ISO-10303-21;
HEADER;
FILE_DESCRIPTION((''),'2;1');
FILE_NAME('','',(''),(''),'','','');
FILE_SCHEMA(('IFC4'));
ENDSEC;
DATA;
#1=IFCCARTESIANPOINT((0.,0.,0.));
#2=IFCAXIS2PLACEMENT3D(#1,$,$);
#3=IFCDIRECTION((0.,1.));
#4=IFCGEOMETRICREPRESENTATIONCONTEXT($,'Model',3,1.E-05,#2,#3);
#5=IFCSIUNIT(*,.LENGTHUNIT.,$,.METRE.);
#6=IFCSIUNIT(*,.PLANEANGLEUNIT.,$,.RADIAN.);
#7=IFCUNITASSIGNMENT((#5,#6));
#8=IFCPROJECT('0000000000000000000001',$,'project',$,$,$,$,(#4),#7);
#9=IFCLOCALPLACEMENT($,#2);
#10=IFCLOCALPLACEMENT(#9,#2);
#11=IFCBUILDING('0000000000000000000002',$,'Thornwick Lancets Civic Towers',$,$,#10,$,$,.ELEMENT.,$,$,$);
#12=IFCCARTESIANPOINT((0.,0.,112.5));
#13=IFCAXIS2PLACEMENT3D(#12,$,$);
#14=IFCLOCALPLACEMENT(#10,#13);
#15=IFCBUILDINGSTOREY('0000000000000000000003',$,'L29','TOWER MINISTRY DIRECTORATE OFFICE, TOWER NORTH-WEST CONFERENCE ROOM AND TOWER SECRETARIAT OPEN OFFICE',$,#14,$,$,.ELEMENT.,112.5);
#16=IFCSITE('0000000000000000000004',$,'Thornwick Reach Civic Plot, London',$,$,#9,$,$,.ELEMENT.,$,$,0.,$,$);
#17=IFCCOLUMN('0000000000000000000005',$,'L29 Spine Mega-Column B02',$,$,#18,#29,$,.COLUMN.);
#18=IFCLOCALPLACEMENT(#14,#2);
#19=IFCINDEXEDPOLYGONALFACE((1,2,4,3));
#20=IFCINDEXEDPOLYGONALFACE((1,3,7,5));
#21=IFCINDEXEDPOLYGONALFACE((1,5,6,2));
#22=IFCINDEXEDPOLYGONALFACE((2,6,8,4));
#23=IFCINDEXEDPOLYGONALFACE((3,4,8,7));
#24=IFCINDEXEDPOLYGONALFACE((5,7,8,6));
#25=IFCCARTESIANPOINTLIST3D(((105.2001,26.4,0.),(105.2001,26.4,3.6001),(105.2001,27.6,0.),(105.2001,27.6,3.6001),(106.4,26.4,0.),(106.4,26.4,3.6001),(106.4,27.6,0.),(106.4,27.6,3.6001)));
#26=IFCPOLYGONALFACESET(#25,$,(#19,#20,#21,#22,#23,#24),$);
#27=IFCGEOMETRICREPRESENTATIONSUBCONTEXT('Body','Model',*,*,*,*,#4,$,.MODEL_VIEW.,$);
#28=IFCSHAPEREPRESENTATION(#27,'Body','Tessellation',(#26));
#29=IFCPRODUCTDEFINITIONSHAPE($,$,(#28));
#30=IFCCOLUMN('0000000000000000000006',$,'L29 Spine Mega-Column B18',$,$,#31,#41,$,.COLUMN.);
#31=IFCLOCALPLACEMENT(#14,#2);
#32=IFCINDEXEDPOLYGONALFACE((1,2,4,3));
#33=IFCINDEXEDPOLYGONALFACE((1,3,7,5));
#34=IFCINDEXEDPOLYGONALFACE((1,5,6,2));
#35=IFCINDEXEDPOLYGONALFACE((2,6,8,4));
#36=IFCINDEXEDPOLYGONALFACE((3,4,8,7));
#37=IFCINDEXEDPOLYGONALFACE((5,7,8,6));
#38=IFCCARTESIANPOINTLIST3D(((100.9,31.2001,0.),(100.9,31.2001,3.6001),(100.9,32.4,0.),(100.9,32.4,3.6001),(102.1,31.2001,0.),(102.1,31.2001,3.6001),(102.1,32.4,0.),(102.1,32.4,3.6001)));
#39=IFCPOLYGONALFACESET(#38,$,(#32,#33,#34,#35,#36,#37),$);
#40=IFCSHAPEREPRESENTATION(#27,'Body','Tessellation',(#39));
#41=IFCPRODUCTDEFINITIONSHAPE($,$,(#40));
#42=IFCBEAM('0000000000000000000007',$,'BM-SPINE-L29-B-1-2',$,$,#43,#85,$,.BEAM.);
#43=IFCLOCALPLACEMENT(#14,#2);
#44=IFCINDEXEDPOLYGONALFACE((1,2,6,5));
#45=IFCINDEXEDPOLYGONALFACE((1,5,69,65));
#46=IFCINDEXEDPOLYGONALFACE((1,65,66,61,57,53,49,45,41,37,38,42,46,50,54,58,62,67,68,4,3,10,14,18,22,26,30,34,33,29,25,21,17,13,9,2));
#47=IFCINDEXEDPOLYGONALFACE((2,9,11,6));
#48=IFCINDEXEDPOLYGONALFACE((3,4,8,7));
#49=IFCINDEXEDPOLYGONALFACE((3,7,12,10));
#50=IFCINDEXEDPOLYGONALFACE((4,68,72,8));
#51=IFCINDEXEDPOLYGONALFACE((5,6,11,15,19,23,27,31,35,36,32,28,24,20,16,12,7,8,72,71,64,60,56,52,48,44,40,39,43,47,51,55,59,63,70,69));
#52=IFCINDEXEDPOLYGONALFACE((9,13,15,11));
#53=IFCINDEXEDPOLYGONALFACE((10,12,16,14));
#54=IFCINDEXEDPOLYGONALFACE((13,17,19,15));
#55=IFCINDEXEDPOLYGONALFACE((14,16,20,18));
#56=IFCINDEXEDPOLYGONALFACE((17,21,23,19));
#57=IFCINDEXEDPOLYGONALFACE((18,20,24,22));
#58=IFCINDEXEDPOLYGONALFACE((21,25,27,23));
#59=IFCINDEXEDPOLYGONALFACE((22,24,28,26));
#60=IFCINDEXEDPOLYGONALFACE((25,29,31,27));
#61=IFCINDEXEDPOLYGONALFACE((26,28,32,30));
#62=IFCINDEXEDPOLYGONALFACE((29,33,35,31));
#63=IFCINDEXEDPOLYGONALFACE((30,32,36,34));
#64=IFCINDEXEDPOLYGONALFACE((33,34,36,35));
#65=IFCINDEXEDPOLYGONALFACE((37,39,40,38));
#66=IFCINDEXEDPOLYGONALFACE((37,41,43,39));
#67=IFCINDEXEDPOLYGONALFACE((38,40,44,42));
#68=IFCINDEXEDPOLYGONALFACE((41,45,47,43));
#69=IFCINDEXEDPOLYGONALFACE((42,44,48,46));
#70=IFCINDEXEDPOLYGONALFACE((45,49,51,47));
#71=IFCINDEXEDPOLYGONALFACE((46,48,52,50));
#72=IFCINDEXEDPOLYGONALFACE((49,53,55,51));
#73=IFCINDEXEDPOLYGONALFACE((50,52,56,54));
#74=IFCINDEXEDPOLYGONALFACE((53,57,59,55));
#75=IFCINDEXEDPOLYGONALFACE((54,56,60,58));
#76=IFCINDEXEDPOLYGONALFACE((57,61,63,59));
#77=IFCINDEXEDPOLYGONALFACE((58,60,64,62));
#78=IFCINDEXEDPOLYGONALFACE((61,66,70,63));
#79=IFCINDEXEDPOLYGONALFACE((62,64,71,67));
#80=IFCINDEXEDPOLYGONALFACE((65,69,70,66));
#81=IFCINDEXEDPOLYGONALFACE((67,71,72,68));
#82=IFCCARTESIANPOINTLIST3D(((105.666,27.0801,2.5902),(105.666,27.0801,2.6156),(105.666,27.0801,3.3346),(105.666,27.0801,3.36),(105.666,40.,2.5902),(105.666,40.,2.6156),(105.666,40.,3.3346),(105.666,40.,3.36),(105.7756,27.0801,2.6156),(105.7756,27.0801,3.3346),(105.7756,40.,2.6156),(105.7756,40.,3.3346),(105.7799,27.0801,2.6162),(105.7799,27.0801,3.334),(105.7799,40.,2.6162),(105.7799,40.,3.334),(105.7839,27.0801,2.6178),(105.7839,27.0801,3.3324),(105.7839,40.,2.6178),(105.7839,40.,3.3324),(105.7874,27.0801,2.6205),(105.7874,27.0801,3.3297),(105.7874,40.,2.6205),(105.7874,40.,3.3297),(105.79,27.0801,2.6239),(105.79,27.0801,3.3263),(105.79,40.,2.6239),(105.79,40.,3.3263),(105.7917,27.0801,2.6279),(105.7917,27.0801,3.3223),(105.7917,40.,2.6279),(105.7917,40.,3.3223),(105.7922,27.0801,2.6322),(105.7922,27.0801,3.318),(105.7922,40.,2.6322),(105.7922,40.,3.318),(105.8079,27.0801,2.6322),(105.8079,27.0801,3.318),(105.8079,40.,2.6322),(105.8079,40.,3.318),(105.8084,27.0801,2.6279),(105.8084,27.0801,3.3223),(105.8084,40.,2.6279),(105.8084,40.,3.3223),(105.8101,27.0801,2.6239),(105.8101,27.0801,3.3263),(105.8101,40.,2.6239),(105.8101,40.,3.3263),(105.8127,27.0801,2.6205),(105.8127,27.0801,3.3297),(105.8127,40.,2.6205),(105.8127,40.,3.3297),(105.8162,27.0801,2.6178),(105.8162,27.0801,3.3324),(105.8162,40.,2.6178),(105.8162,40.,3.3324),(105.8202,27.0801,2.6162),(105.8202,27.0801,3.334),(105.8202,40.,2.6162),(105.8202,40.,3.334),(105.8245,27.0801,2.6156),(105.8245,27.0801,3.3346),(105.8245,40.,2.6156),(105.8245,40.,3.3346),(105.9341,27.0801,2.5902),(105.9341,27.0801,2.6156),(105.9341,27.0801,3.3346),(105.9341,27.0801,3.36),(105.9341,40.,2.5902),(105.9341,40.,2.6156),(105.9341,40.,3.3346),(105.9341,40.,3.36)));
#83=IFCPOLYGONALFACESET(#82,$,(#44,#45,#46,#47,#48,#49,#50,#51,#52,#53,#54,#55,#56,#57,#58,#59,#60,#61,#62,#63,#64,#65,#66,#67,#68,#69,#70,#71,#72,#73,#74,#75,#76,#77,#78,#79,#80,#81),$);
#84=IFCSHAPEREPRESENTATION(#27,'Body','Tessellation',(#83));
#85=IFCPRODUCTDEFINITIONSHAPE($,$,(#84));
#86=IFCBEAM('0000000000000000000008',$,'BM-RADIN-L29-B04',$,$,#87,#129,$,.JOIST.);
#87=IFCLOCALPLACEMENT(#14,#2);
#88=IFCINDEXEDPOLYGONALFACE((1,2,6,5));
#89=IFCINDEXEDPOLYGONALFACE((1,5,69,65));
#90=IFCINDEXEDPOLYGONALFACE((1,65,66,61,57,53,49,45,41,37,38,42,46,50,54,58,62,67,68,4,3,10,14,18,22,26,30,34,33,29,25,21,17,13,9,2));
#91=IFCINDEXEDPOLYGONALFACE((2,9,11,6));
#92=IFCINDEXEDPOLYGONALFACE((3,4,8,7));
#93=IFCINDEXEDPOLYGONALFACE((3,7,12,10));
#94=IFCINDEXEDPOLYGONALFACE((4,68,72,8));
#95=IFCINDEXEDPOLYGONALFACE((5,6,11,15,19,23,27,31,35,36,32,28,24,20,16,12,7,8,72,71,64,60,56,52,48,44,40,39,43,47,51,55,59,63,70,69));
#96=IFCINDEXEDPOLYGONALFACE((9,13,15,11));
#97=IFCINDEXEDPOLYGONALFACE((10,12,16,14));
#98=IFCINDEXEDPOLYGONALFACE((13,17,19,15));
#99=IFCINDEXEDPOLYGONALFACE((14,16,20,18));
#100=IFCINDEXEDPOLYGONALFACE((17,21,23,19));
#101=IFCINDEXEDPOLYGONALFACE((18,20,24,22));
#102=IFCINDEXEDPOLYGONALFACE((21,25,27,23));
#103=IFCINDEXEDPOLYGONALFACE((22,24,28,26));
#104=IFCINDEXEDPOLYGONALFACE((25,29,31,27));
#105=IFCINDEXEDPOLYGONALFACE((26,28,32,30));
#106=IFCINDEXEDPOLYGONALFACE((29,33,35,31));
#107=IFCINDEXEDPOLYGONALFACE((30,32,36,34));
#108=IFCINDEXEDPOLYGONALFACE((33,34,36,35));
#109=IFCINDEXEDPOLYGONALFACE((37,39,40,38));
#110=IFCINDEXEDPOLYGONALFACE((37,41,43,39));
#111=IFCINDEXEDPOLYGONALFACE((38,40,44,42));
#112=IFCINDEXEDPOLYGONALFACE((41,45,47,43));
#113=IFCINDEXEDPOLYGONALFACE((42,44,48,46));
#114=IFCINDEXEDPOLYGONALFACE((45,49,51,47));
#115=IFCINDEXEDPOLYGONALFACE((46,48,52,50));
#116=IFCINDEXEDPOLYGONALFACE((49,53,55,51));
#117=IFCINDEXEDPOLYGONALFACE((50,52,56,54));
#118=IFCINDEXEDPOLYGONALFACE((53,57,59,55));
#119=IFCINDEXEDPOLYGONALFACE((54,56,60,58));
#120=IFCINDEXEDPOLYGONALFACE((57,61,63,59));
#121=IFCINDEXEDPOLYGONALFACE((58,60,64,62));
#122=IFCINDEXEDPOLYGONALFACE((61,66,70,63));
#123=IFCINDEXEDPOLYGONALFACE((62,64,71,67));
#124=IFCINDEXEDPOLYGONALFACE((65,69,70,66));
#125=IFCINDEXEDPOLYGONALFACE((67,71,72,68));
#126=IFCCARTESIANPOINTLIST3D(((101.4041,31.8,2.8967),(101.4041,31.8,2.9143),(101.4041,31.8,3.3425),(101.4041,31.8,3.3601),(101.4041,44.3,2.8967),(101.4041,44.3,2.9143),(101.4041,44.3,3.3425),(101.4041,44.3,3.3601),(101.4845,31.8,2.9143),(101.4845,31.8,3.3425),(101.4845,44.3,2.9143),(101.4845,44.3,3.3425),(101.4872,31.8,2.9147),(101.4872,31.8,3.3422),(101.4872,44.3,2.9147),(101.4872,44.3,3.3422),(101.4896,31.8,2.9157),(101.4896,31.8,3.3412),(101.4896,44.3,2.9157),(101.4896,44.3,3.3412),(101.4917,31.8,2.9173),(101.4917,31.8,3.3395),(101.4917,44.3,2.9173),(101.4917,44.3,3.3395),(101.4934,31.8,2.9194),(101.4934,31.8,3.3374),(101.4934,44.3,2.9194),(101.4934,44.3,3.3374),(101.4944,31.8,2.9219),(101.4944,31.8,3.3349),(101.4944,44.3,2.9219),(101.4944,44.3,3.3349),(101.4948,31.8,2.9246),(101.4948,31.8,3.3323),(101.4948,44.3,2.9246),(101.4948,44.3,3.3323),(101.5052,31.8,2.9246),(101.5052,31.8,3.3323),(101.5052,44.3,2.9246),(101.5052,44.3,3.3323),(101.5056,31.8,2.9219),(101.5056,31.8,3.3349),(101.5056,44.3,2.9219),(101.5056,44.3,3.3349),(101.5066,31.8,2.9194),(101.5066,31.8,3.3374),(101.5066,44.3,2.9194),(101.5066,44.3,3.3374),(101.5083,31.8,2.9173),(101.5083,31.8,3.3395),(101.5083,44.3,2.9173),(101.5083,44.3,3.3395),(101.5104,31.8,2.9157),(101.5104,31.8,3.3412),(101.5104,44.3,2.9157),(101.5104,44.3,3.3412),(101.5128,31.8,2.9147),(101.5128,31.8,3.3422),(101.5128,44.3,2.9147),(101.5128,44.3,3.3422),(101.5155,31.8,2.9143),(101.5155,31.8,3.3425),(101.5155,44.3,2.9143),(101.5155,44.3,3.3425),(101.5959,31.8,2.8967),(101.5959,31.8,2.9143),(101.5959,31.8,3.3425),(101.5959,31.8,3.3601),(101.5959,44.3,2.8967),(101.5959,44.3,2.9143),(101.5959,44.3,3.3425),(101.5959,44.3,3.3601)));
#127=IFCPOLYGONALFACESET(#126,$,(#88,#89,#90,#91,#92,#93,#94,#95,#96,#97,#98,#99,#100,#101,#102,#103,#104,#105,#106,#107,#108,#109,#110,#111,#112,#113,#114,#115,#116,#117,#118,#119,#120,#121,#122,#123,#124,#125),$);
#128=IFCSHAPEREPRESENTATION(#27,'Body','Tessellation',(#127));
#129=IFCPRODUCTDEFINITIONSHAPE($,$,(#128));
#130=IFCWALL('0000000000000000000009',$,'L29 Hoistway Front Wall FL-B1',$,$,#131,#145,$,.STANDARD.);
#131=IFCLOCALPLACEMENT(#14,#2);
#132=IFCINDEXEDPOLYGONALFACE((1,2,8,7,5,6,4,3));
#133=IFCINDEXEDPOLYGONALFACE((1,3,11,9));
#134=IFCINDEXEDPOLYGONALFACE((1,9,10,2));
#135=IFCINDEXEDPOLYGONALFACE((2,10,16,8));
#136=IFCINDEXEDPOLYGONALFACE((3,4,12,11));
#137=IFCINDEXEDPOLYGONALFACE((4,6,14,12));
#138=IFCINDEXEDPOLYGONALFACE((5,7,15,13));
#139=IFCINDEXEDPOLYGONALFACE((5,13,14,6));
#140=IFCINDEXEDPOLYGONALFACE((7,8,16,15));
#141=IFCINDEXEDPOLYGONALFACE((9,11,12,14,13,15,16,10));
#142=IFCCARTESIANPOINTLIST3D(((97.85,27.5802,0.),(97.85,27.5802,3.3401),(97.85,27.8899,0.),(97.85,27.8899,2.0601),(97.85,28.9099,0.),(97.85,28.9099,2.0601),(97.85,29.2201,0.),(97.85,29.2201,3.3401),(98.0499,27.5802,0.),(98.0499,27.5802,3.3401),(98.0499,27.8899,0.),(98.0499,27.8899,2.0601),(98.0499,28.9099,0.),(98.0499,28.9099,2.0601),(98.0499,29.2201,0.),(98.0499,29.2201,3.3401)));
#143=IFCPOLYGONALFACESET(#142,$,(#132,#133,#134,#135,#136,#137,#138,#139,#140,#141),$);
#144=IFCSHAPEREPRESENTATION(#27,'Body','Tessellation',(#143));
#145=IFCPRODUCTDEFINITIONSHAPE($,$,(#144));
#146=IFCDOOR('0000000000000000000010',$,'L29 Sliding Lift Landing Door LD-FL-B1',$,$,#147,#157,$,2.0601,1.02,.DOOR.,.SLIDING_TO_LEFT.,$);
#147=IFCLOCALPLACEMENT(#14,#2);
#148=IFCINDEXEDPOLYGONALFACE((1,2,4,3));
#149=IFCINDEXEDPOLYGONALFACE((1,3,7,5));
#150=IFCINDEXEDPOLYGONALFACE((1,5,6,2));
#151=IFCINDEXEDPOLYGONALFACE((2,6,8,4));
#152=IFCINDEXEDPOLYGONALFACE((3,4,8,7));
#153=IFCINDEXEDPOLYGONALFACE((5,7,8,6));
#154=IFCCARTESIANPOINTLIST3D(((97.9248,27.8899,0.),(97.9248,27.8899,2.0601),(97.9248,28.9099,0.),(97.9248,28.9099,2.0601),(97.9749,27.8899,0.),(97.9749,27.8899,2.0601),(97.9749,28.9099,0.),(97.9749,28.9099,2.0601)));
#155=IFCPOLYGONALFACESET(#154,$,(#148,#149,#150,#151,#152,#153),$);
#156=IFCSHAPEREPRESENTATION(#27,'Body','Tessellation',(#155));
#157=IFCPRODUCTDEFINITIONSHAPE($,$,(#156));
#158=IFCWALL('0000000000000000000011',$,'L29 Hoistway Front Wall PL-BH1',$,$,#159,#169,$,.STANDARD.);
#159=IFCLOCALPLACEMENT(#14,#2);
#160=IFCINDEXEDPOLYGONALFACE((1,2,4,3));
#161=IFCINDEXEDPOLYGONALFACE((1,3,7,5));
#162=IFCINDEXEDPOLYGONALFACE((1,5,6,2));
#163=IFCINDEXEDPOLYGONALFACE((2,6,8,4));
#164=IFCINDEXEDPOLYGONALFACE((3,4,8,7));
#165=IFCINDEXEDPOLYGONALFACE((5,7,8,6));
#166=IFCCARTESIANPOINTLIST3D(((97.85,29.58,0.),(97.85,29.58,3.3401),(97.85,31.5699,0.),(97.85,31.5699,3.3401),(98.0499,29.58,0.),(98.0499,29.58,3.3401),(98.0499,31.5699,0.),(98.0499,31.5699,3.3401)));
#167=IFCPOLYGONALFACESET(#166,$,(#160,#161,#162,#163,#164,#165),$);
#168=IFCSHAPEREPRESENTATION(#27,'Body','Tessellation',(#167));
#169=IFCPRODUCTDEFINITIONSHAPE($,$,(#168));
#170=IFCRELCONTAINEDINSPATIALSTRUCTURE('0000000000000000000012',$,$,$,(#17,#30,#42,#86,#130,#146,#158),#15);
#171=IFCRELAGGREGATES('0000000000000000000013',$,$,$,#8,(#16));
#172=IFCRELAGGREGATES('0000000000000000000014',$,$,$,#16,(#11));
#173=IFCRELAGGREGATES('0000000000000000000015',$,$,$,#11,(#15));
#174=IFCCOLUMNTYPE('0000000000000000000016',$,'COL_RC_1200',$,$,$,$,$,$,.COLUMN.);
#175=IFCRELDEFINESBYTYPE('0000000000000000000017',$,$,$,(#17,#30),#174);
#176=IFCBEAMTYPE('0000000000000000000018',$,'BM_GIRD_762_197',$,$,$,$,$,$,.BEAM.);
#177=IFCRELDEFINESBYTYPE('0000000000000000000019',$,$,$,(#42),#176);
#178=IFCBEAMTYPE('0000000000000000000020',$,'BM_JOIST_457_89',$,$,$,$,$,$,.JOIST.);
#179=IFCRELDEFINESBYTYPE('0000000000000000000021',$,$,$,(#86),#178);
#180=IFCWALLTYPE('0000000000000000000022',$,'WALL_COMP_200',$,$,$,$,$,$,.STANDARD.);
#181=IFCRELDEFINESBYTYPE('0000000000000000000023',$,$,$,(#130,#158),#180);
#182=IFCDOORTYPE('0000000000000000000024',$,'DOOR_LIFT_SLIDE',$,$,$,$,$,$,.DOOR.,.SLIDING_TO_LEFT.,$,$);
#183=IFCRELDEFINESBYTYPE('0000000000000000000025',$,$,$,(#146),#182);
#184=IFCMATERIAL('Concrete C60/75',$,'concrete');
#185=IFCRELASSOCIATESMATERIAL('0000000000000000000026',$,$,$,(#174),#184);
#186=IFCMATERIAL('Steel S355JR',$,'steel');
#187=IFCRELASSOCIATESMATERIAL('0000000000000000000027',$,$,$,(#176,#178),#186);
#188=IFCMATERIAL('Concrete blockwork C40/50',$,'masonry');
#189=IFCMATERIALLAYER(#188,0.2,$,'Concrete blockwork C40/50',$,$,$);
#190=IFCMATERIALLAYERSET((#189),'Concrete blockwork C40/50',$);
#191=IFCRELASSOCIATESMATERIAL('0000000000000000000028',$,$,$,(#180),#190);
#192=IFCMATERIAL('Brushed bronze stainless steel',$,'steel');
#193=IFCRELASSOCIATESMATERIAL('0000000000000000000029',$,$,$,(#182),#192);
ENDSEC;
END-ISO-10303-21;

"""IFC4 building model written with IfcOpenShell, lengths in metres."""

from ifc_helpers import new_model, si_unit, direction, frame, frame_2d, origin, origin_2d, place, context, subcontext, project, spatial, rectangle, i_section, extrude, material, layer, layer_set, material_profile, profile_set, type_object, element, fill, save


model = new_model("IFC4")

# Units and contexts
model_context = context("Model", 3, precision=1e-05, world=origin(), true_north=direction((0.0, 1.0)))
body_context = subcontext(model_context, "Body", "Model", "MODEL_VIEW")
ifc_project = project(units=[si_unit("LENGTHUNIT", "METRE"), si_unit("PLANEANGLEUNIT", "RADIAN")], contexts=[model_context])

# Site, building, storey
site_placement = place(None, origin())
site = spatial("IfcSite", under=ifc_project, at=site_placement, Name="Thornwick Reach Civic Plot, London", CompositionType="ELEMENT", RefElevation=0.0)
building_placement = place(site_placement, origin())
building = spatial("IfcBuilding", under=site, at=building_placement, Name="Thornwick Lancets Civic Towers", CompositionType="ELEMENT")
storey_placement = place(building_placement, frame((0.0, 0.0, 112.5)))
storey = spatial("IfcBuildingStorey", under=building, at=storey_placement, Name="L29", Description="TOWER MINISTRY DIRECTORATE OFFICE, TOWER NORTH-WEST CONFERENCE ROOM AND TOWER SECRETARIAT OPEN OFFICE", CompositionType="ELEMENT", Elevation=112.5)

# Columns
ifc_material_1 = material(Name="Concrete C60/75", Category="concrete")
ifc_material_profile_1 = material_profile(ifc_material_1, rectangle(XDim=1.2, YDim=1.2, at=origin_2d()), Name="RC 1200x1200")
ifc_profile_set_1 = profile_set([ifc_material_profile_1], Name="Concrete C60/75")
column_type = type_object("IfcColumnType", Name="COL_RC_1200", PredefinedType="COLUMN", material=ifc_profile_set_1)
for number, where, z_axis, x_axis, name in (
    (1, (105.8, 27.0, 0.0), (0.0, 0.0, 1.0), (1.0, 0.0, 0.0), "L29 Spine Mega-Column B02"),
    (2, (101.5, 31.8, 0.0), (0.0, 0.0, 1.0), (1.0, 0.0, 0.0), "L29 Spine Mega-Column B18"),
):
    element("IfcColumn", number, at=place(storey_placement, frame(where, z_axis=z_axis, x_axis=x_axis)), inside=storey, type_object=column_type, Name=name, PredefinedType="COLUMN", context=body_context, shape_type="SweptSolid", body=[
        extrude(rectangle(XDim=1.2, YDim=1.2, at=origin_2d()), origin(), (0.0, 0.0, 1.0), 3.6001),
    ])

# Beams
ifc_material_2 = material(Name="Steel S355JR", Category="steel")
ifc_material_profile_2 = material_profile(ifc_material_2, i_section(OverallWidth=0.2681, OverallDepth=0.7698, WebThickness=0.0156, FlangeThickness=0.0254, FilletRadius=0.0166, at=origin_2d()), Name="UKB 762x267x197")
ifc_profile_set_2 = profile_set([ifc_material_profile_2], Name="Steel S355JR")
beam_type_1 = type_object("IfcBeamType", Name="BM_GIRD_762_197", PredefinedType="BEAM", material=ifc_profile_set_2)
beam_1_placement = place(storey_placement, frame((105.8, 27.0801, 2.9751), z_axis=(0.0, 1.0, 0.0), x_axis=(-1.0, 0.0, 0.0)))
element("IfcBeam", 3, at=beam_1_placement, inside=storey, type_object=beam_type_1, Name="BM-SPINE-L29-B-1-2", PredefinedType="BEAM", context=body_context, shape_type="SweptSolid", body=[
    extrude(i_section(OverallWidth=0.2681, OverallDepth=0.7698, WebThickness=0.0156, FlangeThickness=0.0254, FilletRadius=0.0166, at=origin_2d()), origin(), (0.0, 0.0, 1.0), 12.9199),
])
ifc_material_profile_3 = material_profile(ifc_material_2, i_section(OverallWidth=0.1919, OverallDepth=0.4634, WebThickness=0.0105, FlangeThickness=0.0176, FilletRadius=0.0103, at=origin_2d()), Name="UKB 457x191x89")
ifc_profile_set_3 = profile_set([ifc_material_profile_3], Name="Steel S355JR")
beam_type_2 = type_object("IfcBeamType", Name="BM_JOIST_457_89", PredefinedType="JOIST", material=ifc_profile_set_3)
beam_2_placement = place(storey_placement, frame((101.5, 31.8, 3.1284), z_axis=(0.0, 1.0, 0.0), x_axis=(-1.0, 0.0, 0.0)))
element("IfcBeam", 4, at=beam_2_placement, inside=storey, type_object=beam_type_2, Name="BM-RADIN-L29-B04", PredefinedType="JOIST", context=body_context, shape_type="SweptSolid", body=[
    extrude(i_section(OverallWidth=0.1919, OverallDepth=0.4634, WebThickness=0.0105, FlangeThickness=0.0176, FilletRadius=0.0103, at=origin_2d()), origin(), (0.0, 0.0, 1.0), 12.5),
])

# Wall, opening, door
ifc_material_3 = material(Name="Concrete blockwork C40/50", Category="masonry")
ifc_layer = layer(ifc_material_3, 0.2, Name="Concrete blockwork C40/50")
ifc_layer_set = layer_set([ifc_layer], Name="Concrete blockwork C40/50")
wall_type = type_object("IfcWallType", Name="WALL_COMP_200", PredefinedType="STANDARD", material=ifc_layer_set)
wall_1_placement = place(storey_placement, frame((97.95, 29.22, 0.0), z_axis=(0.0, 0.0, 1.0), x_axis=(0.0, -1.0, 0.0)))
wall_1 = element("IfcWall", 5, at=wall_1_placement, inside=storey, type_object=wall_type, Name="L29 Hoistway Front Wall FL-B1", PredefinedType="STANDARD", context=body_context, shape_type="SweptSolid", body=[
    extrude(rectangle(XDim=1.6399, YDim=0.2, at=frame_2d((0.8198, 0.0))), origin(), (0.0, 0.0, 1.0), 3.3401),
])
opening_1_placement = place(wall_1_placement, frame((0.3101, 0.0, 0.0)))
opening_1 = element("IfcOpeningElement", 6, at=opening_1_placement, cuts=wall_1, PredefinedType="OPENING", context=body_context, shape_type="SweptSolid", body=[
    extrude(rectangle(XDim=1.02, YDim=2.0601, at=frame_2d((0.51, 1.03))), frame((0.0, 0.1099, 0.0), z_axis=(0.0, -1.0, 0.0), x_axis=(1.0, 0.0, 0.0)), (0.0, 0.0, 1.0), 0.22),
])
ifc_material_4 = material(Name="Brushed bronze stainless steel", Category="steel")
door_type = type_object("IfcDoorType", Name="DOOR_LIFT_SLIDE", OperationType="SLIDING_TO_LEFT", PredefinedType="DOOR", material=ifc_material_4)
door_1_placement = place(opening_1_placement, origin())
door_1 = element("IfcDoor", 7, at=door_1_placement, inside=storey, type_object=door_type, Name="L29 Sliding Lift Landing Door LD-FL-B1", OperationType="SLIDING_TO_LEFT", OverallHeight=2.0601, OverallWidth=1.02, PredefinedType="DOOR", context=body_context, shape_type="SweptSolid", body=[
    extrude(rectangle(XDim=1.02, YDim=2.0601, at=frame_2d((0.51, 1.03))), frame((0.0, 0.0249, 0.0), z_axis=(0.0, -1.0, 0.0), x_axis=(1.0, 0.0, 0.0)), (0.0, 0.0, 1.0), 0.05),
])
fill(opening_1, door_1)

# Wall
wall_2_placement = place(storey_placement, frame((97.95, 31.5701, 0.0), z_axis=(0.0, 0.0, 1.0), x_axis=(0.0, -1.0, 0.0)))
element("IfcWall", 8, at=wall_2_placement, inside=storey, type_object=wall_type, Name="L29 Hoistway Front Wall PL-BH1", PredefinedType="STANDARD", context=body_context, shape_type="SweptSolid", body=[
    extrude(rectangle(XDim=1.99, YDim=0.2, at=frame_2d((0.9951, 0.0))), origin(), (0.0, 0.0, 1.0), 3.3401),
])

save(model, "model.ifc")
